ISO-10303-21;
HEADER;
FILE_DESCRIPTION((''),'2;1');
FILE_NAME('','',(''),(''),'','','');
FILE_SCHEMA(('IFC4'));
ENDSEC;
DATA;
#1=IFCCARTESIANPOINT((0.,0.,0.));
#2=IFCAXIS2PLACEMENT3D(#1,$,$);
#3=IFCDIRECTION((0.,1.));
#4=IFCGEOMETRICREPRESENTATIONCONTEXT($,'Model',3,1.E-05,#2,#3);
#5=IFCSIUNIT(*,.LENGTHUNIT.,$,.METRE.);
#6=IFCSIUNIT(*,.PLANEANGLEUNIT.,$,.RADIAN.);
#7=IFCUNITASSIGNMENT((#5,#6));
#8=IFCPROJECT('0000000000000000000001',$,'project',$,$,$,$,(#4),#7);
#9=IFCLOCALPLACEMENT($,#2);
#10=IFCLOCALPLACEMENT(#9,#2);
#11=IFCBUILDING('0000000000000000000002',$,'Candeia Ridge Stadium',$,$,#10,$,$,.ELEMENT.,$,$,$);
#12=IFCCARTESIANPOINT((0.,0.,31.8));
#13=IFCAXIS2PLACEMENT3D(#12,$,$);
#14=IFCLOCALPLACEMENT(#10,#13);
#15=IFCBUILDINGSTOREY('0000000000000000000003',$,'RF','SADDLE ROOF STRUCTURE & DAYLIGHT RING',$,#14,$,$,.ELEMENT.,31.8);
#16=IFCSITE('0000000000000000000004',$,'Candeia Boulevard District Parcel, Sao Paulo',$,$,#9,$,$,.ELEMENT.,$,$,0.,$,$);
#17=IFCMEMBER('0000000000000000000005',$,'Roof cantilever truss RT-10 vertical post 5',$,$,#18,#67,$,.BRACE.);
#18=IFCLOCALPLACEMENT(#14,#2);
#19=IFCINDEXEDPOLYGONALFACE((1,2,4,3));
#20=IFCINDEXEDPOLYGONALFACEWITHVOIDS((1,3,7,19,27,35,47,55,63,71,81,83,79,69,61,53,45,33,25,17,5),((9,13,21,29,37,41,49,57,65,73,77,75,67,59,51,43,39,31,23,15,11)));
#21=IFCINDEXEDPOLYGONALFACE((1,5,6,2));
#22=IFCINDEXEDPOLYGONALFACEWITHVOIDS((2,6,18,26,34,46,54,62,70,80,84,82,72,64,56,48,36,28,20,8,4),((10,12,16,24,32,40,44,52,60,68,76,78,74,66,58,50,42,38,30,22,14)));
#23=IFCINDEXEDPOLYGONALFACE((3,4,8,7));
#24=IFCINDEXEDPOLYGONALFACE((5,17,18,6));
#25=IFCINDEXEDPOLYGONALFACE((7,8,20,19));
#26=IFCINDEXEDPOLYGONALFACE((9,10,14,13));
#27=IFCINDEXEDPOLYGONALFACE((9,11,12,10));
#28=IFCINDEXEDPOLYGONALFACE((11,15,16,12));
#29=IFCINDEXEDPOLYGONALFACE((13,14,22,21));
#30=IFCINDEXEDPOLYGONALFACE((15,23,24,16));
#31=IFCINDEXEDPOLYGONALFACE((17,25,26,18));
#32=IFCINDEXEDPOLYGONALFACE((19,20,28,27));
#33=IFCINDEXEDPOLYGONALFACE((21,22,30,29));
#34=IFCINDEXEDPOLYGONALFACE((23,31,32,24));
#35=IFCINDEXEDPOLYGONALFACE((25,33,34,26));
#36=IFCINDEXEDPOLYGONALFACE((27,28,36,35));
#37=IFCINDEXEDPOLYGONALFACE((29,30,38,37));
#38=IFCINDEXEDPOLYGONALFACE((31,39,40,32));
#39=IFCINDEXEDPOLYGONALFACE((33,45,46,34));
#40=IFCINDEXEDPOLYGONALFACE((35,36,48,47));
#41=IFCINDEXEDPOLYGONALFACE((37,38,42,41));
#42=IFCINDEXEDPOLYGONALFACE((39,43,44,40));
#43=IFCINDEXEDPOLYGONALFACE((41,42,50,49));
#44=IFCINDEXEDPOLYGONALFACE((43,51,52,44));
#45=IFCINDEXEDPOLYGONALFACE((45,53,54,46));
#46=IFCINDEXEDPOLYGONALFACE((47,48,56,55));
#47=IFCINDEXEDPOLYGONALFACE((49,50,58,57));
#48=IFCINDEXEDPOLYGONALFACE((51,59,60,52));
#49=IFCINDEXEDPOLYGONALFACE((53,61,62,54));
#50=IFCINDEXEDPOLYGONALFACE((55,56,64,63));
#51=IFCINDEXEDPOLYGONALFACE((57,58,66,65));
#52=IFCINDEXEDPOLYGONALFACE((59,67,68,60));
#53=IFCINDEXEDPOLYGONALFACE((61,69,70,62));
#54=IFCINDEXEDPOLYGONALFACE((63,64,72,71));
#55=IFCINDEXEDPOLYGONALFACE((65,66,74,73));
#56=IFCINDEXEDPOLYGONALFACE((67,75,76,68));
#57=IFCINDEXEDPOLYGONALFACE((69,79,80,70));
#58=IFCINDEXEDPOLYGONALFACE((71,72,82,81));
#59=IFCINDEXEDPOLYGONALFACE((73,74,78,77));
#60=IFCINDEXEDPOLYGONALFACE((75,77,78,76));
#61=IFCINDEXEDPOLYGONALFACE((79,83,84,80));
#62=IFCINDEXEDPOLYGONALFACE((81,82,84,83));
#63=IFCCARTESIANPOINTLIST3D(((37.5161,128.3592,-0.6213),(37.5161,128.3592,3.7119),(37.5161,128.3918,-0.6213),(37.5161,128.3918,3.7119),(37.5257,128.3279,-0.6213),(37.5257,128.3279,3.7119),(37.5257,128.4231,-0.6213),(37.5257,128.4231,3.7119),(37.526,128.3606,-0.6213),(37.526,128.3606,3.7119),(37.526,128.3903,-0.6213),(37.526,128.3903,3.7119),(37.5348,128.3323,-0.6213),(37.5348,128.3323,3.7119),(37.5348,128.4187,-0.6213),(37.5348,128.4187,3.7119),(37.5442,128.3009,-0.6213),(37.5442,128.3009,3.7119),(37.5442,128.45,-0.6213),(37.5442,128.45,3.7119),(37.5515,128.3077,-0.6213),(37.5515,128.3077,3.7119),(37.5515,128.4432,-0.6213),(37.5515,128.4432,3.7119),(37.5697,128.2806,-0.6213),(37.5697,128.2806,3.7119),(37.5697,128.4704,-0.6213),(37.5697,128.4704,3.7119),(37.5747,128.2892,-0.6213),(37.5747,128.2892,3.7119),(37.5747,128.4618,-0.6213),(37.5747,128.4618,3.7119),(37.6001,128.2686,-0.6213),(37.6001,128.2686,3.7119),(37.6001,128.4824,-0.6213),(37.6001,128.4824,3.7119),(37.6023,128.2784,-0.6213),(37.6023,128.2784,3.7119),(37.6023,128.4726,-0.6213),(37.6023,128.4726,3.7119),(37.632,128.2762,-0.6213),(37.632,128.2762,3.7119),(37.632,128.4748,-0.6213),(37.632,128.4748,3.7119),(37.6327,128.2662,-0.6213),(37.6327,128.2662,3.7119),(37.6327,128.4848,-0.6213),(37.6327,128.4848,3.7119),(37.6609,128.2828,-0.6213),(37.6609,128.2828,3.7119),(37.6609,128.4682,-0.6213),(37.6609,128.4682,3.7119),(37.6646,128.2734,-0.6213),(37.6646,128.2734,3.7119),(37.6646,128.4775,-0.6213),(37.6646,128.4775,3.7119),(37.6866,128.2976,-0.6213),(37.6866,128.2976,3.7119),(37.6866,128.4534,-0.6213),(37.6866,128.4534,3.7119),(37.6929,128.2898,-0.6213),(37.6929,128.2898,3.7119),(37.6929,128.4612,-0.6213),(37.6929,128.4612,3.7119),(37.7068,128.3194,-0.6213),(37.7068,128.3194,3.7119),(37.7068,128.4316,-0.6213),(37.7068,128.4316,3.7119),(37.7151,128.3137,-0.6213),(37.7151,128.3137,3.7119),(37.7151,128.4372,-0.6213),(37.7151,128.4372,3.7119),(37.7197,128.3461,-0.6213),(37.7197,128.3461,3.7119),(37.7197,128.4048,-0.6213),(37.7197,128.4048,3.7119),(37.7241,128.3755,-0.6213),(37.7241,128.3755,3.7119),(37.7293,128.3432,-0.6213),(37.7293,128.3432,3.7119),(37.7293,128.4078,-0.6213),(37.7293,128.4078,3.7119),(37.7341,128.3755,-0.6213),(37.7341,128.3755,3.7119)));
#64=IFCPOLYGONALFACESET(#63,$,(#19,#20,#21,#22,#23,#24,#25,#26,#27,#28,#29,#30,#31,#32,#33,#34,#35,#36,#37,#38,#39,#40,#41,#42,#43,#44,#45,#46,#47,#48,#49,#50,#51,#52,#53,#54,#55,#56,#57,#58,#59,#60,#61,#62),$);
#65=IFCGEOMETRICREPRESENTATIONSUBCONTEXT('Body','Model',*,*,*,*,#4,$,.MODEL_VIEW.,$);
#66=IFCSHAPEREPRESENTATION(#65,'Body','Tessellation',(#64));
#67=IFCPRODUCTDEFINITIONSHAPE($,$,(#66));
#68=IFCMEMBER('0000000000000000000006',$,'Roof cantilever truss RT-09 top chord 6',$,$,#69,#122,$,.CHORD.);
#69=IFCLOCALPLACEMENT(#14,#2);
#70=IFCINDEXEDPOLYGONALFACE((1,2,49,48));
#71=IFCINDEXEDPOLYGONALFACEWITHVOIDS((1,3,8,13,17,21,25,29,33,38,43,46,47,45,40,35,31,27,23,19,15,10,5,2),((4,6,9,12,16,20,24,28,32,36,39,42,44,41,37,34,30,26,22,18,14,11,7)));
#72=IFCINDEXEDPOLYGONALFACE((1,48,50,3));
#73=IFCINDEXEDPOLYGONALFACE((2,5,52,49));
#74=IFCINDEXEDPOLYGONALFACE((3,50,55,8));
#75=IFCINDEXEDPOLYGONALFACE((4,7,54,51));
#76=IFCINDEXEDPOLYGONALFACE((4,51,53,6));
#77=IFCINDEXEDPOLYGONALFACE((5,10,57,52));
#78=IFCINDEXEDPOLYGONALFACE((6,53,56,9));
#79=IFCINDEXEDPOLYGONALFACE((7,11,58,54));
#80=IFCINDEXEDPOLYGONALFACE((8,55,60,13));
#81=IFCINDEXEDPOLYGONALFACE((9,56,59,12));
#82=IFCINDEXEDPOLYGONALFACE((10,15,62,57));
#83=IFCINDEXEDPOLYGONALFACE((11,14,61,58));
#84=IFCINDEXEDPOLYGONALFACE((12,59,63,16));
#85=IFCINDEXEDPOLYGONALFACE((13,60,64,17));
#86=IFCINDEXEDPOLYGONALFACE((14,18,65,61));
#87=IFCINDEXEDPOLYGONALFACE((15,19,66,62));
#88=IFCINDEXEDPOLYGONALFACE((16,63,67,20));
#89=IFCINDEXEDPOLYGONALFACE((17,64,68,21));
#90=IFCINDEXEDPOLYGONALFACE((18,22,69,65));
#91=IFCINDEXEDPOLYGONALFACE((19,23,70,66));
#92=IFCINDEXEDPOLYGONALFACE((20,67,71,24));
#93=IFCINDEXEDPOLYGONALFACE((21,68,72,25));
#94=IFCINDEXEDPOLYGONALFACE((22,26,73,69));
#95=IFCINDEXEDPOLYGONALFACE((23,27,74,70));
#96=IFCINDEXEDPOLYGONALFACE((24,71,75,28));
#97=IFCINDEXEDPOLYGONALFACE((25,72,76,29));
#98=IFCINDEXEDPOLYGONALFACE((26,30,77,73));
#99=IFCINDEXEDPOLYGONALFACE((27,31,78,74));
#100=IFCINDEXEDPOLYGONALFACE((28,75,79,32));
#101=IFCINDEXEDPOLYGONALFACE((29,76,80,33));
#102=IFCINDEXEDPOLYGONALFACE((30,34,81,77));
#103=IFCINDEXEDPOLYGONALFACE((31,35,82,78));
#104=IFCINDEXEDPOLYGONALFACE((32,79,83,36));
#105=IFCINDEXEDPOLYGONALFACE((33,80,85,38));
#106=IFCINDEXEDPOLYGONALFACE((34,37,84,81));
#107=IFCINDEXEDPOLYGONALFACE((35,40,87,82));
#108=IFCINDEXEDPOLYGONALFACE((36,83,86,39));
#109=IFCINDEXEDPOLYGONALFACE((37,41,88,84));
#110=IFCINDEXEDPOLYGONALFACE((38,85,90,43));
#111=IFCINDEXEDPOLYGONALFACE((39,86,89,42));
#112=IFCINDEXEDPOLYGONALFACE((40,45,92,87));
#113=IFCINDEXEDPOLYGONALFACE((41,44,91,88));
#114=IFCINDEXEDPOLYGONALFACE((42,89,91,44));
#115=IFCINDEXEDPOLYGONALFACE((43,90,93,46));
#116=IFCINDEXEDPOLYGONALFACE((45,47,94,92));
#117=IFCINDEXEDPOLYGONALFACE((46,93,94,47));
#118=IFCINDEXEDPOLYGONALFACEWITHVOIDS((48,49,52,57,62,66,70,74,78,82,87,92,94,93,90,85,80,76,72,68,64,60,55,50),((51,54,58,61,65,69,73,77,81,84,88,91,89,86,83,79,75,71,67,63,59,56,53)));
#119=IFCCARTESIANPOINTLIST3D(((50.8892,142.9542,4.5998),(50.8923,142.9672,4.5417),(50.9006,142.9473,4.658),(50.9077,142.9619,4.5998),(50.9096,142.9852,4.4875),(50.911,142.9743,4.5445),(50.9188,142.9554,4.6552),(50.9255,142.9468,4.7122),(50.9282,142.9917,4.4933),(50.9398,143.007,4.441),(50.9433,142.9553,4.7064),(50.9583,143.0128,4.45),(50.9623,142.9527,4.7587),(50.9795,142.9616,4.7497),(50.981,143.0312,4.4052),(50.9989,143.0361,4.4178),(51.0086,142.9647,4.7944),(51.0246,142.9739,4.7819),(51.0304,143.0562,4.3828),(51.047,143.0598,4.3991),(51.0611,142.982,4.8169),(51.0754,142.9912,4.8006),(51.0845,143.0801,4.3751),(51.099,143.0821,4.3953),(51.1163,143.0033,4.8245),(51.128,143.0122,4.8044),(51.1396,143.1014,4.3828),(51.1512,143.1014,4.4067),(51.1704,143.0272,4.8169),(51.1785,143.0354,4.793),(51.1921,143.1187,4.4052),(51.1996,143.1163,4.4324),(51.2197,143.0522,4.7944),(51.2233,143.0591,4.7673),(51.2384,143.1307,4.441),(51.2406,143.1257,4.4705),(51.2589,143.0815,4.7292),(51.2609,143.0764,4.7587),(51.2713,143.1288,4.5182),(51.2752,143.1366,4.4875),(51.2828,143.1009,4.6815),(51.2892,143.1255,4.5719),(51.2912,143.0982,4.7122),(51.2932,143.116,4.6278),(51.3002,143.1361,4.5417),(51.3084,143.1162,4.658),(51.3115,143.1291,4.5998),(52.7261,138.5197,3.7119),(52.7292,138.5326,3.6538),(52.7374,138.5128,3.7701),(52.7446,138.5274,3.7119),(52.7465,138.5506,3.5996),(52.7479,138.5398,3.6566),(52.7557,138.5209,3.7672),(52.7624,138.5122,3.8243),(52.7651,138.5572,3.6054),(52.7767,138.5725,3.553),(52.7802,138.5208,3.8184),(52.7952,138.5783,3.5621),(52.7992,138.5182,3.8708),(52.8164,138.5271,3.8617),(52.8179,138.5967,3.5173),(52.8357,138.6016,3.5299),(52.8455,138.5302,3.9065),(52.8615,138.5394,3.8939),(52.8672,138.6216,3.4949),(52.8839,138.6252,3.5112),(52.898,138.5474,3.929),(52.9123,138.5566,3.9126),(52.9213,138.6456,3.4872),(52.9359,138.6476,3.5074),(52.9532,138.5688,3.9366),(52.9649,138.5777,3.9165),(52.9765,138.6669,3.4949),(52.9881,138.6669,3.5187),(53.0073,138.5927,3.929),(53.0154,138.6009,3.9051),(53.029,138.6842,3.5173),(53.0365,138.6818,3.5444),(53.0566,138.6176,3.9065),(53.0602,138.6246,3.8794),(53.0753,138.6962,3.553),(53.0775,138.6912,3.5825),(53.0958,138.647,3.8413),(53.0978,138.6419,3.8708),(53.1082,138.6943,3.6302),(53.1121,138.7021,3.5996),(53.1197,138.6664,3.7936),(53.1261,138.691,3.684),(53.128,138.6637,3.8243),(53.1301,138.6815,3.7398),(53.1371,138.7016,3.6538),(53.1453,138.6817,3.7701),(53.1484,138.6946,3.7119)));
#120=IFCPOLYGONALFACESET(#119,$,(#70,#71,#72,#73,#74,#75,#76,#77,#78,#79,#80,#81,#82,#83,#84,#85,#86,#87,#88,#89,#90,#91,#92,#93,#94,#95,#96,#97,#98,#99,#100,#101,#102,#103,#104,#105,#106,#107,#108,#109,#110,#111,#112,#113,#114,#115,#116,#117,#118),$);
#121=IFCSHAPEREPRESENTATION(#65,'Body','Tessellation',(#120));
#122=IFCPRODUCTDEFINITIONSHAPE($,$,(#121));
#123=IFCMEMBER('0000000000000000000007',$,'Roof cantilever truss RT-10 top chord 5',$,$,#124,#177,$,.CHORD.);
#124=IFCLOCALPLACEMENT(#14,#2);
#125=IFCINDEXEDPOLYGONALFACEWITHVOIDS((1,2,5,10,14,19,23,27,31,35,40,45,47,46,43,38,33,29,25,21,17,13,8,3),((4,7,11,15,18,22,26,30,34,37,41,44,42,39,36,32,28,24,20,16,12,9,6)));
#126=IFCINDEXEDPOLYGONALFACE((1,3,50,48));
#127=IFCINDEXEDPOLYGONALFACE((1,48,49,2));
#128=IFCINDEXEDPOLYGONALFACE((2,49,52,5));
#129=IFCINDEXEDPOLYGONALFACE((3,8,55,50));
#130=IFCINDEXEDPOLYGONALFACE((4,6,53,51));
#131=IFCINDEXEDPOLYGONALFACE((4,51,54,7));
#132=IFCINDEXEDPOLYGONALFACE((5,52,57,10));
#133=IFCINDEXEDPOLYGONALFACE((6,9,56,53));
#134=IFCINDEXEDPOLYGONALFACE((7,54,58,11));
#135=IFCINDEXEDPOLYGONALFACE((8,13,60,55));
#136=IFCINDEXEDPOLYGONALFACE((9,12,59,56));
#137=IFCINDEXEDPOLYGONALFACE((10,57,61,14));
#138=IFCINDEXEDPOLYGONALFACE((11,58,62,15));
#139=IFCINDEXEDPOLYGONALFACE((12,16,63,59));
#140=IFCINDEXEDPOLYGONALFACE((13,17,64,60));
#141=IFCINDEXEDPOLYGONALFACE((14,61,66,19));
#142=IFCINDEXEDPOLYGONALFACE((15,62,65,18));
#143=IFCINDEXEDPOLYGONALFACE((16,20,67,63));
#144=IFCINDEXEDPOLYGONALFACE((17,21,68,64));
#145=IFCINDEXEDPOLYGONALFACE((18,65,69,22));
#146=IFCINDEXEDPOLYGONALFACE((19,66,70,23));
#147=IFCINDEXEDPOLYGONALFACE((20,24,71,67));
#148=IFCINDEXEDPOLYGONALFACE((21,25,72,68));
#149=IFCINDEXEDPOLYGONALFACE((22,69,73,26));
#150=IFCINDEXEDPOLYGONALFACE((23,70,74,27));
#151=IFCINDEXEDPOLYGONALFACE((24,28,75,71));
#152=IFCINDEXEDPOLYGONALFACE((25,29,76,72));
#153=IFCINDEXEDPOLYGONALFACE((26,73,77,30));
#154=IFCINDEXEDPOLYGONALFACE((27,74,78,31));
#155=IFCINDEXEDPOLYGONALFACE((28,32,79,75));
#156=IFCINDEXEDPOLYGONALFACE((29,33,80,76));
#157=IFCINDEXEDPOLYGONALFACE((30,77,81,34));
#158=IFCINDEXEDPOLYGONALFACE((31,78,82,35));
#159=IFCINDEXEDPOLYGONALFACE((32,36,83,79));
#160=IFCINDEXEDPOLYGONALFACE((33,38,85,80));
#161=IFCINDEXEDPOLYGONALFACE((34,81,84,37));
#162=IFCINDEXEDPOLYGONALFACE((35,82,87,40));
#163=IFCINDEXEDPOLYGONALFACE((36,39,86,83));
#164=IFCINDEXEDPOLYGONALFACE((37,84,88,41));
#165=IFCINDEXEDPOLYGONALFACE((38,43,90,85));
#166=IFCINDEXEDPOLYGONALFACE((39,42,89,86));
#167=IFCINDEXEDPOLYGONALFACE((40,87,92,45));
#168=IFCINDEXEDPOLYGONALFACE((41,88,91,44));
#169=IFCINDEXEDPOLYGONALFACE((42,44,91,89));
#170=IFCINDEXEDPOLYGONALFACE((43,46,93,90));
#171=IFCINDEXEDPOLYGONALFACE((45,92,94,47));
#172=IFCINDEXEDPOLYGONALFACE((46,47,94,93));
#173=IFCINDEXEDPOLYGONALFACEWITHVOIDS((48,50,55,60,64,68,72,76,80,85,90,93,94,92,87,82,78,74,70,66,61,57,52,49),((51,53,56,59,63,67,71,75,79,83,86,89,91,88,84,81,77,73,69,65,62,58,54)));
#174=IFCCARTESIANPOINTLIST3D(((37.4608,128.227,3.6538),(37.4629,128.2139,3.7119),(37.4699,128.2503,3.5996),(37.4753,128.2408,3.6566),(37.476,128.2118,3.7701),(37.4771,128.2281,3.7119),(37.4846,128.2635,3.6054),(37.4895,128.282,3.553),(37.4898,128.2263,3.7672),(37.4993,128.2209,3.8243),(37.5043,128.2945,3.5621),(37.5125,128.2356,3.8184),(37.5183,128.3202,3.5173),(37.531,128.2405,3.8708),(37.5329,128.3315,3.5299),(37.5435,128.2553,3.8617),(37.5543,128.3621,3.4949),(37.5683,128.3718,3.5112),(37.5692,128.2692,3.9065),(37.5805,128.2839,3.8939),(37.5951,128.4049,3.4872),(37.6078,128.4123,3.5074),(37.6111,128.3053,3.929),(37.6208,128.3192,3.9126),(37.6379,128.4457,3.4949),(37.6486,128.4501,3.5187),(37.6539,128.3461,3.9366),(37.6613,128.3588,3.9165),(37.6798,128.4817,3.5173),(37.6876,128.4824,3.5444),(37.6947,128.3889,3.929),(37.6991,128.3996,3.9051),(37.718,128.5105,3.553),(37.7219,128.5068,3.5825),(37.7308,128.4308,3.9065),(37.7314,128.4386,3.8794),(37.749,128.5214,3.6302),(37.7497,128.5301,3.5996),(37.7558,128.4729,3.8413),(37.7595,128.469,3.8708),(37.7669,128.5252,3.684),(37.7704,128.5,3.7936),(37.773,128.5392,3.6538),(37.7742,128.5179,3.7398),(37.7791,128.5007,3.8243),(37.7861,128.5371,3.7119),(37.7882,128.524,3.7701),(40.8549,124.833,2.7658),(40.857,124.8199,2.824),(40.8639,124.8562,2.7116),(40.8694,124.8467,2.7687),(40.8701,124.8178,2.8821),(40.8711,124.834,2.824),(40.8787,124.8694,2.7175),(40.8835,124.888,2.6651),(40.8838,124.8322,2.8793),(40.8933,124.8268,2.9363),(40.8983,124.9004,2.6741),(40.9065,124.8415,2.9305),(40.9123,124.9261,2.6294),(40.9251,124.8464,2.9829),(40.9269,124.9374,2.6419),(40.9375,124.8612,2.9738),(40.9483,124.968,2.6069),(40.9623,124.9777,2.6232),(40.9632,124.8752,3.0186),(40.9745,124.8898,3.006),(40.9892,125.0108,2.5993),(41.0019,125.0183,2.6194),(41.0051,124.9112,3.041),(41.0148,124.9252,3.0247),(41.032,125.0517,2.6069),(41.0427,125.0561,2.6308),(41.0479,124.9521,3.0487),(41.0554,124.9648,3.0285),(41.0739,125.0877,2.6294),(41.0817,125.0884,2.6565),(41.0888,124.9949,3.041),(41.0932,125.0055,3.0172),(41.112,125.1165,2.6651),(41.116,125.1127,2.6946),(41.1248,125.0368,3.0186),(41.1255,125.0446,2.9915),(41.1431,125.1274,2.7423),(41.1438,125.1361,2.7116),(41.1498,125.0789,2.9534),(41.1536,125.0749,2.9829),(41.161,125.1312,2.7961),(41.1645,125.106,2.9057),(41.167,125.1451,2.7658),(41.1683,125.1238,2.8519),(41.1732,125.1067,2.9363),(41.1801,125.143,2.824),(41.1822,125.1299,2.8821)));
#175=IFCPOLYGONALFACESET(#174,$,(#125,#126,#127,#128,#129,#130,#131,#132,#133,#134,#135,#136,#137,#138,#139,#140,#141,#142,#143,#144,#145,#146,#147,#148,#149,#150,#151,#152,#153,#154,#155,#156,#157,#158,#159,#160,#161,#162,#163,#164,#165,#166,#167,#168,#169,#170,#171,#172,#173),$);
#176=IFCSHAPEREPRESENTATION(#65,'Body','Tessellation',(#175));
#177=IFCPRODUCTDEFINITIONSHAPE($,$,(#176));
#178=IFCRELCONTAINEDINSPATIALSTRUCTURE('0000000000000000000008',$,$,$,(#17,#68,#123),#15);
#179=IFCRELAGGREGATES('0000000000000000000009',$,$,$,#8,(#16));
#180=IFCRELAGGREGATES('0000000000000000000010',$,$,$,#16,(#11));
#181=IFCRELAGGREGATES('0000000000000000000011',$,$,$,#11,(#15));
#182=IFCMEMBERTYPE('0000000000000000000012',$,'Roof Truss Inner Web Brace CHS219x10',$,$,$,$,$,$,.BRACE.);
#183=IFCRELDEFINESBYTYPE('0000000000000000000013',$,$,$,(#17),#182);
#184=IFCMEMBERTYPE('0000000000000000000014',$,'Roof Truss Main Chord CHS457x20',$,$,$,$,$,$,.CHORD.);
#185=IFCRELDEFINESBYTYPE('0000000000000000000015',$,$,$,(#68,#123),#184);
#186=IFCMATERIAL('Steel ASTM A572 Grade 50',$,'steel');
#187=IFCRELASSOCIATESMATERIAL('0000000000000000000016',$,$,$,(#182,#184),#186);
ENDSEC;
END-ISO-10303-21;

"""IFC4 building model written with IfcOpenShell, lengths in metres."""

from ifc_helpers import new_model, si_unit, direction, frame, origin, origin_2d, place, context, subcontext, project, spatial, hollow_circle, extrude, material, material_profile, profile_set, type_object, element, save


model = new_model("IFC4")

# Units and contexts
model_context = context("Model", 3, precision=1e-05, world=origin(), true_north=direction((0.0, 1.0)))
body_context = subcontext(model_context, "Body", "Model", "MODEL_VIEW")
ifc_project = project(units=[si_unit("LENGTHUNIT", "METRE"), si_unit("PLANEANGLEUNIT", "RADIAN")], contexts=[model_context])

# Site, building, storey
site_placement = place(None, origin())
site = spatial("IfcSite", under=ifc_project, at=site_placement, Name="Candeia Boulevard District Parcel, Sao Paulo", CompositionType="ELEMENT", RefElevation=0.0)
building_placement = place(site_placement, origin())
building = spatial("IfcBuilding", under=site, at=building_placement, Name="Candeia Ridge Stadium", CompositionType="ELEMENT")
storey_placement = place(building_placement, frame((0.0, 0.0, 31.8)))
storey = spatial("IfcBuildingStorey", under=building, at=storey_placement, Name="RF", Description="SADDLE ROOF STRUCTURE & DAYLIGHT RING", CompositionType="ELEMENT", Elevation=31.8)

# Shared definitions
ifc_material_1 = material(Name="Steel ASTM A572 Grade 50", Category="steel")

# Members
ifc_material_profile_1 = material_profile(ifc_material_1, hollow_circle(Radius=0.1096, WallThickness=0.01, at=origin_2d()), Name="CHS219x10", Category="steel")
ifc_profile_set_1 = profile_set([ifc_material_profile_1], Name="Steel ASTM A572 Grade 50")
member_type_1 = type_object("IfcMemberType", Name="Roof Truss Inner Web Brace CHS219x10", PredefinedType="BRACE", material=ifc_profile_set_1)
member_1_placement = place(storey_placement, frame((37.6245, 128.3755, -0.6213), z_axis=(0.0, 0.0, 1.0), x_axis=(1.0, 0.0, 0.0)))
element("IfcMember", 1, at=member_1_placement, inside=storey, type_object=member_type_1, Name="Roof cantilever truss RT-10 vertical post 5", PredefinedType="BRACE", context=body_context, shape_type="SweptSolid", body=[
    extrude(hollow_circle(Radius=0.1096, WallThickness=0.01, at=origin_2d()), origin(), (0.0, 0.0, 1.0), 4.3333),
])
ifc_material_profile_2 = material_profile(ifc_material_1, hollow_circle(Radius=0.2285, WallThickness=0.02, at=origin_2d()), Name="CHS457x20", Category="steel")
ifc_profile_set_2 = profile_set([ifc_material_profile_2], Name="Steel ASTM A572 Grade 50")
member_type_2 = type_object("IfcMemberType", Name="Roof Truss Main Chord CHS457x20", PredefinedType="CHORD", material=ifc_profile_set_2)
for number, where, z_axis, x_axis, name in (
    (2, (52.9373, 138.6072, 3.7119), (-0.376309, 0.908462, 0.181902), (-0.923875, -0.382693, 0.0), "Roof cantilever truss RT-09 top chord 6"),
    (3, (41.0186, 124.9814, 2.824), (-0.69531, 0.69531, 0.181905), (-0.707107, -0.707107, 0.0), "Roof cantilever truss RT-10 top chord 5"),
):
    element("IfcMember", number, at=place(storey_placement, frame(where, z_axis=z_axis, x_axis=x_axis)), inside=storey, type_object=member_type_2, Name=name, PredefinedType="CHORD", context=body_context, shape_type="SweptSolid", body=[
        extrude(hollow_circle(Radius=0.2285, WallThickness=0.02, at=origin_2d()), origin(), (0.0, 0.0, 1.0), 4.8813),
    ])

save(model, "model.ifc")
